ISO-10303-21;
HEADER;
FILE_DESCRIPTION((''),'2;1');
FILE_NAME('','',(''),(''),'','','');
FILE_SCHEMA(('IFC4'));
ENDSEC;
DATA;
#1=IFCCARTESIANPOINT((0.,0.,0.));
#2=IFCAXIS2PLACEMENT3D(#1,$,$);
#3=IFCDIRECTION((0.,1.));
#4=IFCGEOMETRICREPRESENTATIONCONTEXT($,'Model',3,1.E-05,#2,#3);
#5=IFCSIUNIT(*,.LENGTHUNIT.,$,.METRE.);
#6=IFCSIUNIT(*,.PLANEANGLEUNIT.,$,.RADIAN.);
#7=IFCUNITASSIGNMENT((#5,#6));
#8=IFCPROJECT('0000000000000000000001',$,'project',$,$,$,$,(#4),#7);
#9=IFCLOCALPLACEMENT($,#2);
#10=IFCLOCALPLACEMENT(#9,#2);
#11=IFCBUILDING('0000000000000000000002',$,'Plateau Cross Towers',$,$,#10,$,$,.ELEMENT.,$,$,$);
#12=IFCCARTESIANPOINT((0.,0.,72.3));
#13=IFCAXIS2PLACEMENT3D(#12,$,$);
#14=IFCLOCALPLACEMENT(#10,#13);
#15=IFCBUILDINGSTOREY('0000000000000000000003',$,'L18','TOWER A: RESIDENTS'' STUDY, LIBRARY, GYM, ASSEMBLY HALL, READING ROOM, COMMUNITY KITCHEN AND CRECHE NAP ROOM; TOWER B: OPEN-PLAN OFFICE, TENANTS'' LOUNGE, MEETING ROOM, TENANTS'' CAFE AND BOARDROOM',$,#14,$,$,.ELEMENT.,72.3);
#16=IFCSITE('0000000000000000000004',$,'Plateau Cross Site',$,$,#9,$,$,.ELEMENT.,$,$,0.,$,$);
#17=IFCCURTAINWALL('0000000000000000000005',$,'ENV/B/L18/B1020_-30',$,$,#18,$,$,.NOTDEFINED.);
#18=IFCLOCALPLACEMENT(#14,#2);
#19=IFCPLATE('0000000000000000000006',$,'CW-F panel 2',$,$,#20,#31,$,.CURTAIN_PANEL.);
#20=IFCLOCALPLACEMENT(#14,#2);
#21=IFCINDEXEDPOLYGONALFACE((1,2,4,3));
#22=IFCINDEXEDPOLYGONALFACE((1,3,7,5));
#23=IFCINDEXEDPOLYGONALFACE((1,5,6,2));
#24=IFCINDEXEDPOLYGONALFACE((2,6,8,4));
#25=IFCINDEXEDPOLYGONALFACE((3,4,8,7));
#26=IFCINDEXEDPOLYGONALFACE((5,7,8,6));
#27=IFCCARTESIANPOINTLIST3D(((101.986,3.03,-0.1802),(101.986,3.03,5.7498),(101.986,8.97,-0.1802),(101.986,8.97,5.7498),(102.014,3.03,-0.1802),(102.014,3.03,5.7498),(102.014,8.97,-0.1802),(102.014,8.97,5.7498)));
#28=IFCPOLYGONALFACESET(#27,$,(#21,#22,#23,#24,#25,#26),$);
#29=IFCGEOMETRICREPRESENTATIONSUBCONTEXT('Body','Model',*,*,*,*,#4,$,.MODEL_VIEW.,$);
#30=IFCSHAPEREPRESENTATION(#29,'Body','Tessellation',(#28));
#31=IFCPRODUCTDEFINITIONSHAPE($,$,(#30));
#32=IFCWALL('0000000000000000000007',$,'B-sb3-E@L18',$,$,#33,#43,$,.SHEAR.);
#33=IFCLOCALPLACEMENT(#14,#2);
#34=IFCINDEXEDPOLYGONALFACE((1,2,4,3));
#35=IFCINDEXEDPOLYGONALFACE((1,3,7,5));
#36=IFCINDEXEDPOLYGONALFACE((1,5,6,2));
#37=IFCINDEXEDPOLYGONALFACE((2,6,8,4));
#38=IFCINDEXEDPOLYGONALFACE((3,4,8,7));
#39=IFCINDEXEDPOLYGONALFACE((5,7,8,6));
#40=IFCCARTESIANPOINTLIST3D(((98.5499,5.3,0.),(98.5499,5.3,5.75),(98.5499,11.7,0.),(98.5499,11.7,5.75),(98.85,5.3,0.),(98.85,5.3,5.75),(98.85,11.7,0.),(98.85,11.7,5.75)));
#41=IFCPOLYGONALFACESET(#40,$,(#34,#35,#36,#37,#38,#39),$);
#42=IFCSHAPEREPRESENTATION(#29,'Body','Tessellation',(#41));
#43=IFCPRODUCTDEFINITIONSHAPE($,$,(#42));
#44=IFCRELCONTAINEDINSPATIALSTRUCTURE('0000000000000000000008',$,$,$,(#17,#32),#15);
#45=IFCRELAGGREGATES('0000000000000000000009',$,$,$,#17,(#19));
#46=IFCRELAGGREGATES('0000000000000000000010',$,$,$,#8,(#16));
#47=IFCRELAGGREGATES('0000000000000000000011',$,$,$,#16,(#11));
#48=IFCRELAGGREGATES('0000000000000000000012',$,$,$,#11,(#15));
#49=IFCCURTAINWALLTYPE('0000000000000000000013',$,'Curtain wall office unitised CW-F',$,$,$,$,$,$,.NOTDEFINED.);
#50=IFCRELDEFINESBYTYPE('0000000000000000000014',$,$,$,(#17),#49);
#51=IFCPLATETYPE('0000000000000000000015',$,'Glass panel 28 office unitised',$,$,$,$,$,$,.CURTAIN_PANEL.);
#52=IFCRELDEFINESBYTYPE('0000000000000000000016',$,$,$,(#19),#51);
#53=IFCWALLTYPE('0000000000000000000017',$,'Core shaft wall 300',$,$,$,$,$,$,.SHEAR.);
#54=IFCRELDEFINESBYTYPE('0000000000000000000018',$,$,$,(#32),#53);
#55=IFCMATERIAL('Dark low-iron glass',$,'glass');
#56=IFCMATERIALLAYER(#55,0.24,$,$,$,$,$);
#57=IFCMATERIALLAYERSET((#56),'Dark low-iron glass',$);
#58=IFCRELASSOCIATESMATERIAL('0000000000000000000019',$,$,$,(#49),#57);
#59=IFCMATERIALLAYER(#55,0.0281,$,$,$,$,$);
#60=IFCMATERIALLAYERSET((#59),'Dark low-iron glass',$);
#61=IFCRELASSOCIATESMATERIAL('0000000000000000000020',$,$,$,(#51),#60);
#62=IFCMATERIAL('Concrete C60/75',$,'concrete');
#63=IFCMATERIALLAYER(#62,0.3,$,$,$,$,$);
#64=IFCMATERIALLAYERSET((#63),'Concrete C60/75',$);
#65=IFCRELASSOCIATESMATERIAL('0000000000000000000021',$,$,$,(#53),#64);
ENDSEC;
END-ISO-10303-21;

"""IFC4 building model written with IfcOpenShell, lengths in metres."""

from ifc_helpers import new_model, si_unit, direction, frame, frame_2d, origin, origin_2d, place, context, subcontext, project, spatial, rectangle, extrude, material, layer, layer_set, type_object, element, aggregate, save


model = new_model("IFC4")

# Units and contexts
model_context = context("Model", 3, precision=1e-05, world=origin(), true_north=direction((0.0, 1.0)))
body_context = subcontext(model_context, "Body", "Model", "MODEL_VIEW")
ifc_project = project(units=[si_unit("LENGTHUNIT", "METRE"), si_unit("PLANEANGLEUNIT", "RADIAN")], contexts=[model_context])

# Site, building, storey
site_placement = place(None, origin())
site = spatial("IfcSite", under=ifc_project, at=site_placement, Name="Plateau Cross Site", CompositionType="ELEMENT", RefElevation=0.0)
building_placement = place(site_placement, origin())
building = spatial("IfcBuilding", under=site, at=building_placement, Name="Plateau Cross Towers", CompositionType="ELEMENT")
storey_placement = place(building_placement, frame((0.0, 0.0, 72.3)))
storey = spatial("IfcBuildingStorey", under=building, at=storey_placement, Name="L18", Description="TOWER A: RESIDENTS' STUDY, LIBRARY, GYM, ASSEMBLY HALL, READING ROOM, COMMUNITY KITCHEN AND CRECHE NAP ROOM; TOWER B: OPEN-PLAN OFFICE, TENANTS' LOUNGE, MEETING ROOM, TENANTS' CAFE AND BOARDROOM", CompositionType="ELEMENT", Elevation=72.3)

# Shared definitions
ifc_material_1 = material(Name="Concrete C60/75", Category="concrete")

# Shared definitions
ifc_material_2 = material(Name="Dark low-iron glass", Category="glass")
ifc_layer_1 = layer(ifc_material_2, 0.24)
ifc_layer_set_1 = layer_set([ifc_layer_1], Name="Dark low-iron glass")
curtain_wall_type = type_object("IfcCurtainWallType", Name="Curtain wall office unitised CW-F", PredefinedType="NOTDEFINED", material=ifc_layer_set_1)

# Curtain wall
curtain_wall_1_placement = place(storey_placement, origin())
curtain_wall_1 = element("IfcCurtainWall", 1, at=curtain_wall_1_placement, inside=storey, type_object=curtain_wall_type, Name="ENV/B/L18/B1020_-30", PredefinedType="NOTDEFINED")

# Plate
ifc_layer_2 = layer(ifc_material_2, 0.0281)
ifc_layer_set_2 = layer_set([ifc_layer_2], Name="Dark low-iron glass")
plate_type = type_object("IfcPlateType", Name="Glass panel 28 office unitised", PredefinedType="CURTAIN_PANEL", material=ifc_layer_set_2)
plate_1_placement = place(storey_placement, frame((102.0, 6.0, -0.1802), z_axis=(0.0, 0.0, 1.0), x_axis=(0.0, 1.0, 0.0)))
plate_1 = element("IfcPlate", 2, at=plate_1_placement, type_object=plate_type, Name="CW-F panel 2", PredefinedType="CURTAIN_PANEL", context=body_context, shape_type="SweptSolid", body=[
    extrude(rectangle(XDim=5.9399, YDim=0.0281, at=origin_2d()), origin(), (0.0, 0.0, 1.0), 5.9299),
])
aggregate(curtain_wall_1, [plate_1])

# Wall
ifc_layer_3 = layer(ifc_material_1, 0.3)
ifc_layer_set_3 = layer_set([ifc_layer_3], Name="Concrete C60/75")
wall_type = type_object("IfcWallType", Name="Core shaft wall 300", PredefinedType="SHEAR", material=ifc_layer_set_3)
wall_placement = place(storey_placement, frame((98.7, 5.3, 0.0), z_axis=(0.0, 0.0, 1.0), x_axis=(0.0, 1.0, 0.0)))
element("IfcWall", 3, at=wall_placement, inside=storey, type_object=wall_type, Name="B-sb3-E@L18", PredefinedType="SHEAR", context=body_context, shape_type="SweptSolid", body=[
    extrude(rectangle(XDim=6.3999, YDim=0.3, at=frame_2d((3.2, 0.0))), origin(), (0.0, 0.0, 1.0), 5.75),
])

save(model, "model.ifc")
